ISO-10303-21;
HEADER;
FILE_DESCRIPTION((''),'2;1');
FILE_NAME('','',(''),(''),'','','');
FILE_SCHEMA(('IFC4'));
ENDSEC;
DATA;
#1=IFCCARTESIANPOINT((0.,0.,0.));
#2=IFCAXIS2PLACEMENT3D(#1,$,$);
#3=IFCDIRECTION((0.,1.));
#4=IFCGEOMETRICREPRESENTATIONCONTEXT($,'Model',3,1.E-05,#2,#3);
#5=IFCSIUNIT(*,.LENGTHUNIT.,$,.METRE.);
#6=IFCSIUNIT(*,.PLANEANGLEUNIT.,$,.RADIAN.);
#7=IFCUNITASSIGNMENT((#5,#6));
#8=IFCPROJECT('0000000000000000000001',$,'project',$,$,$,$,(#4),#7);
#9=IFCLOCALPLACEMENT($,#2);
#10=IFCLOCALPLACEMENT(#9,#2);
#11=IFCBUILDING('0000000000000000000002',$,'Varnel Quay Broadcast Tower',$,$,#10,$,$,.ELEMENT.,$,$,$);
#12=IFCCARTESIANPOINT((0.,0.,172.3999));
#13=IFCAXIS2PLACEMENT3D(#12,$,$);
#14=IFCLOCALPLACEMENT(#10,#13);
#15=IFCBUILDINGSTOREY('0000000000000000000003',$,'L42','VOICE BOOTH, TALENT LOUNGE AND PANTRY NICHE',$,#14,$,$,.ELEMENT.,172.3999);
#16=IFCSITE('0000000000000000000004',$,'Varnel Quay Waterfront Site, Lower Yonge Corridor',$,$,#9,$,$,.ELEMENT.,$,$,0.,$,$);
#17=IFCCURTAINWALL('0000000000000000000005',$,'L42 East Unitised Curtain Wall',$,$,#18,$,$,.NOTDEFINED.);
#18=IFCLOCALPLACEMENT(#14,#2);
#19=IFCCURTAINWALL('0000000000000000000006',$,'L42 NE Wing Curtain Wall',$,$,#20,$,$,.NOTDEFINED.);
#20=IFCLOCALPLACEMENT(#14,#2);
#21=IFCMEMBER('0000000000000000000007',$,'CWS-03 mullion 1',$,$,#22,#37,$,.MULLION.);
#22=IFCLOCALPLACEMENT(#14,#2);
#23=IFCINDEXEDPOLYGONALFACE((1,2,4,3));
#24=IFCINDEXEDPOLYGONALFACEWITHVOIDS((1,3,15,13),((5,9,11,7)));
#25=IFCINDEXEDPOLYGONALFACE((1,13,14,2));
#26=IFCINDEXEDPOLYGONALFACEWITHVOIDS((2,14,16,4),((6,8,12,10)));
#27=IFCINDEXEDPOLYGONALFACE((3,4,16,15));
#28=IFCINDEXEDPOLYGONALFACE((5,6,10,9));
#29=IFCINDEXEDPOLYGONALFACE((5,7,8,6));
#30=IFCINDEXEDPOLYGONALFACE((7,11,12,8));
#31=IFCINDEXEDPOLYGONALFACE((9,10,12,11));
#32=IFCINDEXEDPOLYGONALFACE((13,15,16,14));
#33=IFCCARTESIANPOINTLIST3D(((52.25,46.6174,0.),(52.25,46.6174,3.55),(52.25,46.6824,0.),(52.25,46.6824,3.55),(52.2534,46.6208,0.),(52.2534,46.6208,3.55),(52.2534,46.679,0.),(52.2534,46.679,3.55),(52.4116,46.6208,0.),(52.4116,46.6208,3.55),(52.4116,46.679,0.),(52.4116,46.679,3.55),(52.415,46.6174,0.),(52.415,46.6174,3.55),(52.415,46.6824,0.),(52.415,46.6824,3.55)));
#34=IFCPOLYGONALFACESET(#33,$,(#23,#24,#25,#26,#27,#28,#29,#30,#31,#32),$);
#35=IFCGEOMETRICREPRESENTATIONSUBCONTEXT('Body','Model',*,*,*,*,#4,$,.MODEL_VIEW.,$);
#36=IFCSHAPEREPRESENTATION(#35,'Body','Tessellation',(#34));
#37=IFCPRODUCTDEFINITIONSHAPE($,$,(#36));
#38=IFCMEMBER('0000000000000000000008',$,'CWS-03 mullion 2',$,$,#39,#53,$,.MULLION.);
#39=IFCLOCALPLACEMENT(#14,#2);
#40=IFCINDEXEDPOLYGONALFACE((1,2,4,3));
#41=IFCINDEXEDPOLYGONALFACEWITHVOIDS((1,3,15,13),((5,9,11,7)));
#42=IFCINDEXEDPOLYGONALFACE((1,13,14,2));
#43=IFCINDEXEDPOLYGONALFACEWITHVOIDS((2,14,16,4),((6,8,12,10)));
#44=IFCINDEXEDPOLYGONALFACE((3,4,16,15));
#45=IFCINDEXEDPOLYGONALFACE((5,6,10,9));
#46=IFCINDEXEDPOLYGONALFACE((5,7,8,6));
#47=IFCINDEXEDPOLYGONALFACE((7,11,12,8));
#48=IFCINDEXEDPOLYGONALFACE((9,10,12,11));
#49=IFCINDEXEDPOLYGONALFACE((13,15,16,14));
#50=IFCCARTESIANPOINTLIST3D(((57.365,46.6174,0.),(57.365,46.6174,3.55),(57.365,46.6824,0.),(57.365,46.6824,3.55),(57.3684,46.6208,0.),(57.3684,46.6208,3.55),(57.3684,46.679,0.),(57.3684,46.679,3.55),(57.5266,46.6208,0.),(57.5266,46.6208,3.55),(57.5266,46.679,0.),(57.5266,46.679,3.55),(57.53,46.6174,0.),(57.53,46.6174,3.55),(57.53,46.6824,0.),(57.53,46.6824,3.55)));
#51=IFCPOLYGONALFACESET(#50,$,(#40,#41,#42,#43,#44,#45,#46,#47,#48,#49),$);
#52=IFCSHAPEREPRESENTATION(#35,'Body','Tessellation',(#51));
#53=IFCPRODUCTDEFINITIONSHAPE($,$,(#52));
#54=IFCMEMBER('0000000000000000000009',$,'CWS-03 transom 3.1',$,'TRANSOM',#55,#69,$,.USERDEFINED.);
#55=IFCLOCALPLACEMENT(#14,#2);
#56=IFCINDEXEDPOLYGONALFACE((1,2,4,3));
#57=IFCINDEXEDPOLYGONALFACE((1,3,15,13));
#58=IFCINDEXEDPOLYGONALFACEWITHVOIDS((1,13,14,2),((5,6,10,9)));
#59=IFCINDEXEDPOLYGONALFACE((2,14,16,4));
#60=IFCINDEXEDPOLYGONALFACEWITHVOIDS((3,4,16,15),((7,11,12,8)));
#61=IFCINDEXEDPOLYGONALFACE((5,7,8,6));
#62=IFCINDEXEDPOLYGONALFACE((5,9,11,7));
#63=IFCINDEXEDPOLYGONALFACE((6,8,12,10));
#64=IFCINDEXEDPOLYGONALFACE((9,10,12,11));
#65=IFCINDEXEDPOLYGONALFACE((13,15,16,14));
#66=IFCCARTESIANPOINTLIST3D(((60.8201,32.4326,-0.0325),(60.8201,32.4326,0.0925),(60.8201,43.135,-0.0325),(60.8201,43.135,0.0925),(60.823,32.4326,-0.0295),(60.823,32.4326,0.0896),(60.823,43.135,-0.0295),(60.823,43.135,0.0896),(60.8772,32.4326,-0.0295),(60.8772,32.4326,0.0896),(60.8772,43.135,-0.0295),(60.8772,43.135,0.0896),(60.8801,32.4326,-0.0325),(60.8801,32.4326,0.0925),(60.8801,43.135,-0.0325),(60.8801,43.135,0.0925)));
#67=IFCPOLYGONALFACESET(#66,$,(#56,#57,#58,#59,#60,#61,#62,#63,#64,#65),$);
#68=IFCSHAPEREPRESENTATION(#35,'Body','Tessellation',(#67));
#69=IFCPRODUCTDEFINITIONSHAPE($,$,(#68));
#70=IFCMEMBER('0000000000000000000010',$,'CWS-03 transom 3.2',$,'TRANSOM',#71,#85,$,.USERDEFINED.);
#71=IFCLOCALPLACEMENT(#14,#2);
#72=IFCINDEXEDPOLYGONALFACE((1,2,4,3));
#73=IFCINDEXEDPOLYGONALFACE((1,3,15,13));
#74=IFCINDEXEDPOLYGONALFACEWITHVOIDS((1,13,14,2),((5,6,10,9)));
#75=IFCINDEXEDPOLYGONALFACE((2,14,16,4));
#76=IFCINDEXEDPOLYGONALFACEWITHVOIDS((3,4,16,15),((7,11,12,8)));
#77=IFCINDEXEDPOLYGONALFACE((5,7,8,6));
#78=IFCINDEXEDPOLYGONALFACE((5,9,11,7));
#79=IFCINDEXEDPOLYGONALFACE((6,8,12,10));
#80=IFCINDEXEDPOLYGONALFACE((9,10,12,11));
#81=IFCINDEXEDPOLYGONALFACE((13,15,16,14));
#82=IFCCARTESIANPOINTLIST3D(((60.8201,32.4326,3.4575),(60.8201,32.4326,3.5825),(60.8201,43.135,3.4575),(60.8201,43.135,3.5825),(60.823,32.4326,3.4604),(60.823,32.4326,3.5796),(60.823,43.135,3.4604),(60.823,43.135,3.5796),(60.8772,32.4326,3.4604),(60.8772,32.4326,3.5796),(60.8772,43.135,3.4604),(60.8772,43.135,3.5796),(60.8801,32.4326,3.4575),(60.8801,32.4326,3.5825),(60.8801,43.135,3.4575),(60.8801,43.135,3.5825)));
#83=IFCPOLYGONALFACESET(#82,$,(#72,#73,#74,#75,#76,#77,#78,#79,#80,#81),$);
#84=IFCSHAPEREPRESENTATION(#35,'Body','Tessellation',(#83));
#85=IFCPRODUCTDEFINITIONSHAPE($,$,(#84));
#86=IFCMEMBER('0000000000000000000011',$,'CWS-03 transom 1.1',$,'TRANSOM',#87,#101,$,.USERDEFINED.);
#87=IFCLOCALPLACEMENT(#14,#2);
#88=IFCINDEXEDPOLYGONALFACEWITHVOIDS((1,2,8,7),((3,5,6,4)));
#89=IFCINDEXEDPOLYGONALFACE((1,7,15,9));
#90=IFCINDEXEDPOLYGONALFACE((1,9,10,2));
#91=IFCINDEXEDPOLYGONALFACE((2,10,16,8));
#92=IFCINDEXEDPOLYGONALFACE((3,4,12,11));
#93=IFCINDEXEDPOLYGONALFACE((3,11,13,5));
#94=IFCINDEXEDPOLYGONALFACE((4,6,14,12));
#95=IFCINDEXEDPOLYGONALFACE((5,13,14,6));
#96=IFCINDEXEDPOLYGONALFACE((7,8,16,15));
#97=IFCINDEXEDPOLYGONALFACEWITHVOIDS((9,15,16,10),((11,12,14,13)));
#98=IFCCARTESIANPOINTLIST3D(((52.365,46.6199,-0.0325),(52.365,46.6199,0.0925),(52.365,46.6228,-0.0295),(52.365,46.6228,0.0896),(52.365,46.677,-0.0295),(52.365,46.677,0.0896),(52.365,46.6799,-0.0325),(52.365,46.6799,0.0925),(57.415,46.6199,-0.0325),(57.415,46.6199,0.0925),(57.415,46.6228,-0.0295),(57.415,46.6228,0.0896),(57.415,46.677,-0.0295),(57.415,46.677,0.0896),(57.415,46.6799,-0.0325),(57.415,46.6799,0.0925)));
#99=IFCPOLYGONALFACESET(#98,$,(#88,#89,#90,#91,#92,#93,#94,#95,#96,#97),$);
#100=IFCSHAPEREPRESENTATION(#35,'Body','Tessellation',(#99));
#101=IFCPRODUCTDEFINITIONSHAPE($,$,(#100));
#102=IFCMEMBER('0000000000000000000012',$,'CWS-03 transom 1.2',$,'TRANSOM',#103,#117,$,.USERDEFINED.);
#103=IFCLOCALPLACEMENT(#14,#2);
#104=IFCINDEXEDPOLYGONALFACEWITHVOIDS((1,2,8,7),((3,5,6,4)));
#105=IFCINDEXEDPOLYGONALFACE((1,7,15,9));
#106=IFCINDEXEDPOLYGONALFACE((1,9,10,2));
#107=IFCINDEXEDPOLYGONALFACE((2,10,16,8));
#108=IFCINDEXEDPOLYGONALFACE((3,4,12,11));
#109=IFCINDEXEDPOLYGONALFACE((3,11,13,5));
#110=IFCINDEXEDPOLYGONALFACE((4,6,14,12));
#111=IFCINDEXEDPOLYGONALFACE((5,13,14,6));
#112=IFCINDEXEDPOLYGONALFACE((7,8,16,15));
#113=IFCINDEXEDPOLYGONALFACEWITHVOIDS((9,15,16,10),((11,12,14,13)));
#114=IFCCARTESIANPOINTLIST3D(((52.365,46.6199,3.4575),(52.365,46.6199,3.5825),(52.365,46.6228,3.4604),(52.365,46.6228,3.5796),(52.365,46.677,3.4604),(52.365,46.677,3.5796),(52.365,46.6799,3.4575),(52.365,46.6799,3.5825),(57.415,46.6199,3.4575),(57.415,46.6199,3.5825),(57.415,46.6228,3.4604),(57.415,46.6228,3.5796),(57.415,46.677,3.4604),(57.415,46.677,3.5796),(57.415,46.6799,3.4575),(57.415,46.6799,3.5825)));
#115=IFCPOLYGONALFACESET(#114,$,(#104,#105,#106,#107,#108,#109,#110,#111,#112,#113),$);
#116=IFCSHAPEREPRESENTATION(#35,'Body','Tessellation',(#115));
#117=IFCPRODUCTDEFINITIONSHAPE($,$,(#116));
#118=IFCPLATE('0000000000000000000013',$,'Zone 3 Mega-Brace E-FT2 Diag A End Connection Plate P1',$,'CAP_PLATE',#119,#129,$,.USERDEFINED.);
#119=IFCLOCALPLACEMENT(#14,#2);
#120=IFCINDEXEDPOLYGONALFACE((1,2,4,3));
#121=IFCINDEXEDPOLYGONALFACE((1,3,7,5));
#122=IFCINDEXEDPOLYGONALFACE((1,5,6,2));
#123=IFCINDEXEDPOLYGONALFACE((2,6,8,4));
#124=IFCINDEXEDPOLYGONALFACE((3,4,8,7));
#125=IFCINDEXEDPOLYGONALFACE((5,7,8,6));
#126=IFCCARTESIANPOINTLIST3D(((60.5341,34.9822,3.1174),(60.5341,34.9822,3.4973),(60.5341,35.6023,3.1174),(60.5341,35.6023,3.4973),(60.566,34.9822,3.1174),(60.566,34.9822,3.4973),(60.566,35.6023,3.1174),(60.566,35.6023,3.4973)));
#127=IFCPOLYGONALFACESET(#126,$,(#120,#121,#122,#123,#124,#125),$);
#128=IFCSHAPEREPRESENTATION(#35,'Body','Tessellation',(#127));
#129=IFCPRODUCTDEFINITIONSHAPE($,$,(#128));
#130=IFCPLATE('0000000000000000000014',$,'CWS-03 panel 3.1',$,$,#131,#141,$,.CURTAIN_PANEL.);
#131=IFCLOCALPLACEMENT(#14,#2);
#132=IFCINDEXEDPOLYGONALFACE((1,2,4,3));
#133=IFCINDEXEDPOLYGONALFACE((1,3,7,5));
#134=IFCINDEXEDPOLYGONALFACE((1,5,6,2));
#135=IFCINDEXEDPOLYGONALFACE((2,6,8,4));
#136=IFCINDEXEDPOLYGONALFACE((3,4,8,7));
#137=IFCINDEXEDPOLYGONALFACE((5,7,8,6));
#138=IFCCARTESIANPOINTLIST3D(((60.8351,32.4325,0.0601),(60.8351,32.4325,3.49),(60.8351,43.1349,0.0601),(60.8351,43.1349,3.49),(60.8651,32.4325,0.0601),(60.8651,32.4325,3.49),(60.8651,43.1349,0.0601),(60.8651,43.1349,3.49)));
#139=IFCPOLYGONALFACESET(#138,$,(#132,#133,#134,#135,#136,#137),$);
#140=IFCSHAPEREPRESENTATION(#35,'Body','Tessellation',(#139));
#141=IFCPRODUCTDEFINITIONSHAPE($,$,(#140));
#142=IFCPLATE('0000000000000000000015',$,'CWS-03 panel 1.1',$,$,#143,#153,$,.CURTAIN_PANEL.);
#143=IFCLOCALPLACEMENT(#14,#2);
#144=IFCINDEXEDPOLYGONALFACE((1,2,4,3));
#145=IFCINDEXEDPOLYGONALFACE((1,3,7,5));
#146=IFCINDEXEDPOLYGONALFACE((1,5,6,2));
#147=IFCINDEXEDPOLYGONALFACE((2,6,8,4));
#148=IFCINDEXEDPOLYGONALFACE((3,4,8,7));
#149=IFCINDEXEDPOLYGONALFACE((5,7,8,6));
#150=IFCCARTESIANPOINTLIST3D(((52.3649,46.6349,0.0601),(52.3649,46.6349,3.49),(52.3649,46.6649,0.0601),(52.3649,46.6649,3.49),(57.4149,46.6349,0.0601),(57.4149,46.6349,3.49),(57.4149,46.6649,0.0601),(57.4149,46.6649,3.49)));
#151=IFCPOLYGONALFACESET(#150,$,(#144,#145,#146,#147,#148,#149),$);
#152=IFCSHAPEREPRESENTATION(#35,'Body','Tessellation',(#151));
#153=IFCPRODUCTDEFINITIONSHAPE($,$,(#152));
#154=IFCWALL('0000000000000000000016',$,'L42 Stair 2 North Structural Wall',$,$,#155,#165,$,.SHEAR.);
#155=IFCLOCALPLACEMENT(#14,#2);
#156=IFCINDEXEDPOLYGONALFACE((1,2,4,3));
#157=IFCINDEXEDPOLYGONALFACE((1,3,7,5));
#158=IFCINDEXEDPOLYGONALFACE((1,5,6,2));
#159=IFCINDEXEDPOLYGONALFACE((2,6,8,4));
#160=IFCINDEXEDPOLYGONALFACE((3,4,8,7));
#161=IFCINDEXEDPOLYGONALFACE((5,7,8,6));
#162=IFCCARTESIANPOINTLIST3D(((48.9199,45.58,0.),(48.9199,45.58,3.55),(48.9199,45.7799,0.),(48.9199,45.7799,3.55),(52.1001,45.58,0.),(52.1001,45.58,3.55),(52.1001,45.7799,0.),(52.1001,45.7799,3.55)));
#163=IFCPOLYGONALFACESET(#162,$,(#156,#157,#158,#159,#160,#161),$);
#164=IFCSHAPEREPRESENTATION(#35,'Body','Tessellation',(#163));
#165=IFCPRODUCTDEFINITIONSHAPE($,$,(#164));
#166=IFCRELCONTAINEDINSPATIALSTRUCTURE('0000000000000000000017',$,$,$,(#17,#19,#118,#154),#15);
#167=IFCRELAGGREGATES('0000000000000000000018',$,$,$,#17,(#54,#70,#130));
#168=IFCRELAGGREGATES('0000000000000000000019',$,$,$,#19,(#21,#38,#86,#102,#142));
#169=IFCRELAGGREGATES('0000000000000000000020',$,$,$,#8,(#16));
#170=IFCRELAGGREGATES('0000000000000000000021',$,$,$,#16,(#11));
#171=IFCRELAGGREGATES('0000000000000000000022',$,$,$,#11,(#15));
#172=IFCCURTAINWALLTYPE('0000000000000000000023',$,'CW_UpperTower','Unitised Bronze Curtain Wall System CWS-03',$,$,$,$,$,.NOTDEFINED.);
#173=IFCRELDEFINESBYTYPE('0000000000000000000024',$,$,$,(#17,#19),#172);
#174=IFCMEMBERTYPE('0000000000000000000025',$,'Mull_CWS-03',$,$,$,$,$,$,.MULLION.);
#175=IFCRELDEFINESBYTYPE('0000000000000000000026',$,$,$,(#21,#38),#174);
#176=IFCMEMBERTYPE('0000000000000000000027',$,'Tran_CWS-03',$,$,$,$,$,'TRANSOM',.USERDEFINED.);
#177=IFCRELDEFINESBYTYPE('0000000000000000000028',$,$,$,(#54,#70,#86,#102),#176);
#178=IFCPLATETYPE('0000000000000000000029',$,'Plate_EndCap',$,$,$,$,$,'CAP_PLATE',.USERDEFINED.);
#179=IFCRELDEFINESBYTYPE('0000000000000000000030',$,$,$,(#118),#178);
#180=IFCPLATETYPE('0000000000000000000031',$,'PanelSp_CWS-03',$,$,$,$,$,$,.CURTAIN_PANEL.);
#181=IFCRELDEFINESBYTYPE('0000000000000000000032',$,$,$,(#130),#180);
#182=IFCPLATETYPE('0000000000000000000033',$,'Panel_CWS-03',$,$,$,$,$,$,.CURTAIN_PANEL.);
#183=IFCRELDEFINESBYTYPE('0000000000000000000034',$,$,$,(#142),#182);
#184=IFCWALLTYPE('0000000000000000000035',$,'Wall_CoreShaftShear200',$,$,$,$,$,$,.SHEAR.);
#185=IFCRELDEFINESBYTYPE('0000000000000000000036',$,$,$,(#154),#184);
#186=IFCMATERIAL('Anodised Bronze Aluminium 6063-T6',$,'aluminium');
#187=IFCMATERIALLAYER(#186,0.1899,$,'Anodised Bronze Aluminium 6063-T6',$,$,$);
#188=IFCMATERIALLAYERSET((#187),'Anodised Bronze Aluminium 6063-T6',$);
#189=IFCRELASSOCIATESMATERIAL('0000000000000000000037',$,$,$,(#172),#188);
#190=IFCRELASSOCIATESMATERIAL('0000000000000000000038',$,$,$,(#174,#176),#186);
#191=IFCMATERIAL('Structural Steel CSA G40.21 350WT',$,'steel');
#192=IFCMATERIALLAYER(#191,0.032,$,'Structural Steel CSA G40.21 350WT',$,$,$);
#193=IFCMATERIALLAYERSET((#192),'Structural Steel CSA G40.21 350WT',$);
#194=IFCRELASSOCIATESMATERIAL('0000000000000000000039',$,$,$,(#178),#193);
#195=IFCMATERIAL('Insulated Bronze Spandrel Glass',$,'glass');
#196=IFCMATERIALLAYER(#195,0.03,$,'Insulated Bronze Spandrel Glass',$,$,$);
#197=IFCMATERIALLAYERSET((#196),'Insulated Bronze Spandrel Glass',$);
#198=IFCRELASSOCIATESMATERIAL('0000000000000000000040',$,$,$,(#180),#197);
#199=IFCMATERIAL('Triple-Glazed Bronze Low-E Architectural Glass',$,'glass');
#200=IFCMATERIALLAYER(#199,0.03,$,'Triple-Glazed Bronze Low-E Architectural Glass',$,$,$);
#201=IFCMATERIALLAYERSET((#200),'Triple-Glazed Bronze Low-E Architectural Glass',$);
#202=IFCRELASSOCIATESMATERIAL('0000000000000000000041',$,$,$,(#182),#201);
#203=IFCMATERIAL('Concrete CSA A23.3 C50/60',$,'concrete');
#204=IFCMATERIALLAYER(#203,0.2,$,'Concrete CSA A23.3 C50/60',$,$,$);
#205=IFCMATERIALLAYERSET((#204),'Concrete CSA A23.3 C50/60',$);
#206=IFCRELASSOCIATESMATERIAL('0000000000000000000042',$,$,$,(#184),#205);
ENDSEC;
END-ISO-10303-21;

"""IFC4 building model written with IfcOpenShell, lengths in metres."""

from ifc_helpers import new_model, si_unit, direction, frame, frame_2d, origin, origin_2d, place, context, subcontext, project, spatial, rectangle, hollow_rectangle, extrude, source, transform, mapped, material, layer, layer_set, material_profile, profile_set, type_object, type_shapes, element, aggregate, save


model = new_model("IFC4")

# Units and contexts
model_context = context("Model", 3, precision=1e-05, world=origin(), true_north=direction((0.0, 1.0)))
body_context = subcontext(model_context, "Body", "Model", "MODEL_VIEW")
ifc_project = project(units=[si_unit("LENGTHUNIT", "METRE"), si_unit("PLANEANGLEUNIT", "RADIAN")], contexts=[model_context])

# Site, building, storey
site_placement = place(None, origin())
site = spatial("IfcSite", under=ifc_project, at=site_placement, Name="Varnel Quay Waterfront Site, Lower Yonge Corridor", CompositionType="ELEMENT", RefElevation=0.0)
building_placement = place(site_placement, origin())
building = spatial("IfcBuilding", under=site, at=building_placement, Name="Varnel Quay Broadcast Tower", CompositionType="ELEMENT")
storey_placement = place(building_placement, frame((0.0, 0.0, 172.3999)))
storey = spatial("IfcBuildingStorey", under=building, at=storey_placement, Name="L42", Description="VOICE BOOTH, TALENT LOUNGE AND PANTRY NICHE", CompositionType="ELEMENT", Elevation=172.3999)

# Shared definitions
ifc_material_1 = material(Name="Structural Steel CSA G40.21 350WT", Category="steel")

# Curtain walls, members
ifc_material_2 = material(Name="Anodised Bronze Aluminium 6063-T6", Category="aluminium")
ifc_layer_1 = layer(ifc_material_2, 0.1899, Name="Anodised Bronze Aluminium 6063-T6")
ifc_layer_set_1 = layer_set([ifc_layer_1], Name="Anodised Bronze Aluminium 6063-T6")
curtain_wall_type = type_object("IfcCurtainWallType", Name="CW_UpperTower", Description="Unitised Bronze Curtain Wall System CWS-03", PredefinedType="NOTDEFINED", material=ifc_layer_set_1)
curtain_wall_1_placement = place(storey_placement, origin())
curtain_wall_1 = element("IfcCurtainWall", 1, at=curtain_wall_1_placement, inside=storey, type_object=curtain_wall_type, Name="L42 East Unitised Curtain Wall", PredefinedType="NOTDEFINED")
ifc_material_profile_1 = material_profile(ifc_material_2, hollow_rectangle(XDim=0.0649, YDim=0.165, WallThickness=0.0034, at=origin_2d()), Name="ALU65X165X3.5")
ifc_profile_set_1 = profile_set([ifc_material_profile_1], Name="Anodised Bronze Aluminium 6063-T6")
member_type_1 = type_object("IfcMemberType", Name="Mull_CWS-03", PredefinedType="MULLION", material=ifc_profile_set_1)
shared_shape_1 = source(origin(), body_context, "Body", "SweptSolid", [
    extrude(hollow_rectangle(XDim=0.0649, YDim=0.165, WallThickness=0.0034, at=origin_2d()), origin(), (0.0, 0.0, 1.0), 3.55),
])
type_shapes(member_type_1, [shared_shape_1])
curtain_wall_2_placement = place(storey_placement, origin())
curtain_wall_2 = element("IfcCurtainWall", 2, at=curtain_wall_2_placement, inside=storey, type_object=curtain_wall_type, Name="L42 NE Wing Curtain Wall", PredefinedType="NOTDEFINED")
member_1_placement = place(storey_placement, frame((52.3325, 46.6499, 0.0), z_axis=(0.0, 0.0, 1.0), x_axis=(0.0, 1.0, 0.0)))
member_1 = element("IfcMember", 3, at=member_1_placement, type_object=member_type_1, Name="CWS-03 mullion 1", PredefinedType="MULLION", context=body_context, shape_type="MappedRepresentation", body=[
    mapped(shared_shape_1, transform((0.0, 0.0, 0.0), x_axis=(1.0, 0.0, 0.0), y_axis=(0.0, 1.0, 0.0), z_axis=(0.0, 0.0, 1.0), scale=1.0)),
])
member_2_placement = place(storey_placement, frame((57.4475, 46.6499, 0.0), z_axis=(0.0, 0.0, 1.0), x_axis=(0.0, 1.0, 0.0)))
member_2 = element("IfcMember", 4, at=member_2_placement, type_object=member_type_1, Name="CWS-03 mullion 2", PredefinedType="MULLION", context=body_context, shape_type="MappedRepresentation", body=[
    mapped(shared_shape_1, transform((0.0, 0.0, 0.0), x_axis=(1.0, 0.0, 0.0), y_axis=(0.0, 1.0, 0.0), z_axis=(0.0, 0.0, 1.0), scale=1.0)),
])

# Members
ifc_material_profile_2 = material_profile(ifc_material_2, hollow_rectangle(XDim=0.0601, YDim=0.125, WallThickness=0.0029, at=origin_2d()), Name="ALU60X125X3")
ifc_profile_set_2 = profile_set([ifc_material_profile_2], Name="Anodised Bronze Aluminium 6063-T6")
member_type_2 = type_object("IfcMemberType", Name="Tran_CWS-03", ElementType="TRANSOM", PredefinedType="USERDEFINED", material=ifc_profile_set_2)
shared_shape_2 = source(origin(), body_context, "Body", "SweptSolid", [
    extrude(hollow_rectangle(XDim=0.0601, YDim=0.125, WallThickness=0.0029, at=origin_2d()), origin(), (0.0, 0.0, 1.0), 10.7024),
])
member_3_placement = place(storey_placement, frame((60.8501, 32.4326, 0.03), z_axis=(0.0, 1.0, 0.0), x_axis=(-1.0, 0.0, 0.0)))
member_3 = element("IfcMember", 5, at=member_3_placement, type_object=member_type_2, Name="CWS-03 transom 3.1", ObjectType="TRANSOM", PredefinedType="USERDEFINED", context=body_context, shape_type="MappedRepresentation", body=[
    mapped(shared_shape_2, transform((0.0, 0.0, 0.0), x_axis=(1.0, 0.0, 0.0), y_axis=(0.0, 1.0, 0.0), z_axis=(0.0, 0.0, 1.0), scale=1.0)),
])
member_4_placement = place(storey_placement, frame((60.8501, 32.4326, 3.52), z_axis=(0.0, 1.0, 0.0), x_axis=(-1.0, 0.0, 0.0)))
member_4 = element("IfcMember", 6, at=member_4_placement, type_object=member_type_2, Name="CWS-03 transom 3.2", ObjectType="TRANSOM", PredefinedType="USERDEFINED", context=body_context, shape_type="MappedRepresentation", body=[
    mapped(shared_shape_2, transform((0.0, 0.0, 0.0), x_axis=(1.0, 0.0, 0.0), y_axis=(0.0, 1.0, 0.0), z_axis=(0.0, 0.0, 1.0), scale=1.0)),
])
shared_shape_3 = source(origin(), body_context, "Body", "SweptSolid", [
    extrude(hollow_rectangle(XDim=0.0601, YDim=0.125, WallThickness=0.0029, at=origin_2d()), origin(), (0.0, 0.0, 1.0), 5.05),
])
type_shapes(member_type_2, [shared_shape_2, shared_shape_3])
member_5_placement = place(storey_placement, frame((52.365, 46.6499, 0.03), z_axis=(1.0, 0.0, 0.0), x_axis=(0.0, 1.0, 0.0)))
member_5 = element("IfcMember", 7, at=member_5_placement, type_object=member_type_2, Name="CWS-03 transom 1.1", ObjectType="TRANSOM", PredefinedType="USERDEFINED", context=body_context, shape_type="MappedRepresentation", body=[
    mapped(shared_shape_3, transform((0.0, 0.0, 0.0), x_axis=(1.0, 0.0, 0.0), y_axis=(0.0, 1.0, 0.0), z_axis=(0.0, 0.0, 1.0), scale=1.0)),
])
member_6_placement = place(storey_placement, frame((52.365, 46.6499, 3.52), z_axis=(1.0, 0.0, 0.0), x_axis=(0.0, 1.0, 0.0)))
member_6 = element("IfcMember", 8, at=member_6_placement, type_object=member_type_2, Name="CWS-03 transom 1.2", ObjectType="TRANSOM", PredefinedType="USERDEFINED", context=body_context, shape_type="MappedRepresentation", body=[
    mapped(shared_shape_3, transform((0.0, 0.0, 0.0), x_axis=(1.0, 0.0, 0.0), y_axis=(0.0, 1.0, 0.0), z_axis=(0.0, 0.0, 1.0), scale=1.0)),
])

# Plates
ifc_layer_2 = layer(ifc_material_1, 0.032, Name="Structural Steel CSA G40.21 350WT")
ifc_layer_set_2 = layer_set([ifc_layer_2], Name="Structural Steel CSA G40.21 350WT")
plate_type_1 = type_object("IfcPlateType", Name="Plate_EndCap", ElementType="CAP_PLATE", PredefinedType="USERDEFINED", material=ifc_layer_set_2)
shared_shape_4 = source(origin(), body_context, "Body", "SweptSolid", [
    extrude(rectangle(XDim=0.6201, YDim=0.032, at=origin_2d()), origin(), (0.0, 0.0, 1.0), 0.3799),
])
type_shapes(plate_type_1, [shared_shape_4])
plate_1_placement = place(storey_placement, frame((60.55, 35.2922, 3.1174), z_axis=(0.0, 0.0, 1.0), x_axis=(0.0, 1.0, 0.0)))
element("IfcPlate", 9, at=plate_1_placement, inside=storey, type_object=plate_type_1, Name="Zone 3 Mega-Brace E-FT2 Diag A End Connection Plate P1", ObjectType="CAP_PLATE", PredefinedType="USERDEFINED", context=body_context, shape_type="MappedRepresentation", body=[
    mapped(shared_shape_4, transform((0.0, 0.0, 0.0), x_axis=(1.0, 0.0, 0.0), y_axis=(0.0, 1.0, 0.0), z_axis=(0.0, 0.0, 1.0), scale=1.0)),
])
ifc_material_3 = material(Name="Insulated Bronze Spandrel Glass", Category="glass")
ifc_layer_3 = layer(ifc_material_3, 0.03, Name="Insulated Bronze Spandrel Glass")
ifc_layer_set_3 = layer_set([ifc_layer_3], Name="Insulated Bronze Spandrel Glass")
plate_type_2 = type_object("IfcPlateType", Name="PanelSp_CWS-03", PredefinedType="CURTAIN_PANEL", material=ifc_layer_set_3)
shared_shape_5 = source(origin(), body_context, "Body", "SweptSolid", [
    extrude(rectangle(XDim=10.7024, YDim=0.03, at=origin_2d()), origin(), (0.0, 0.0, 1.0), 3.4299),
])
type_shapes(plate_type_2, [shared_shape_5])
plate_2_placement = place(storey_placement, frame((60.8501, 37.7837, 0.0601), z_axis=(0.0, 0.0, 1.0), x_axis=(0.0, 1.0, 0.0)))
plate_2 = element("IfcPlate", 10, at=plate_2_placement, type_object=plate_type_2, Name="CWS-03 panel 3.1", PredefinedType="CURTAIN_PANEL", context=body_context, shape_type="MappedRepresentation", body=[
    mapped(shared_shape_5, transform((0.0, 0.0, 0.0), x_axis=(1.0, 0.0, 0.0), y_axis=(0.0, 1.0, 0.0), z_axis=(0.0, 0.0, 1.0), scale=1.0)),
])
aggregate(curtain_wall_1, [member_3, member_4, plate_2])
ifc_material_4 = material(Name="Triple-Glazed Bronze Low-E Architectural Glass", Category="glass")
ifc_layer_4 = layer(ifc_material_4, 0.03, Name="Triple-Glazed Bronze Low-E Architectural Glass")
ifc_layer_set_4 = layer_set([ifc_layer_4], Name="Triple-Glazed Bronze Low-E Architectural Glass")
plate_type_3 = type_object("IfcPlateType", Name="Panel_CWS-03", PredefinedType="CURTAIN_PANEL", material=ifc_layer_set_4)
shared_shape_6 = source(origin(), body_context, "Body", "SweptSolid", [
    extrude(rectangle(XDim=5.05, YDim=0.03, at=origin_2d()), origin(), (0.0, 0.0, 1.0), 3.4299),
])
type_shapes(plate_type_3, [shared_shape_6])
plate_3_placement = place(storey_placement, frame((54.8899, 46.6499, 0.0601), z_axis=(0.0, 0.0, 1.0), x_axis=(1.0, 0.0, 0.0)))
plate_3 = element("IfcPlate", 11, at=plate_3_placement, type_object=plate_type_3, Name="CWS-03 panel 1.1", PredefinedType="CURTAIN_PANEL", context=body_context, shape_type="MappedRepresentation", body=[
    mapped(shared_shape_6, transform((0.0, 0.0, 0.0), x_axis=(1.0, 0.0, 0.0), y_axis=(0.0, 1.0, 0.0), z_axis=(0.0, 0.0, 1.0), scale=1.0)),
])
aggregate(curtain_wall_2, [member_1, member_2, member_5, member_6, plate_3])

# Wall
ifc_material_5 = material(Name="Concrete CSA A23.3 C50/60", Category="concrete")
ifc_layer_5 = layer(ifc_material_5, 0.2, Name="Concrete CSA A23.3 C50/60")
ifc_layer_set_5 = layer_set([ifc_layer_5], Name="Concrete CSA A23.3 C50/60")
wall_type_1 = type_object("IfcWallType", Name="Wall_CoreShaftShear200", PredefinedType="SHEAR", material=ifc_layer_set_5)
wall_1_placement = place(storey_placement, frame((48.9199, 45.6799, 0.0), z_axis=(0.0, 0.0, 1.0), x_axis=(1.0, 0.0, 0.0)))
element("IfcWall", 12, at=wall_1_placement, inside=storey, type_object=wall_type_1, Name="L42 Stair 2 North Structural Wall", PredefinedType="SHEAR", context=body_context, shape_type="SweptSolid", body=[
    extrude(rectangle(XDim=3.1802, YDim=0.2, at=frame_2d((1.5901, 0.0))), origin(), (0.0, 0.0, 1.0), 3.55),
])

save(model, "model.ifc")
